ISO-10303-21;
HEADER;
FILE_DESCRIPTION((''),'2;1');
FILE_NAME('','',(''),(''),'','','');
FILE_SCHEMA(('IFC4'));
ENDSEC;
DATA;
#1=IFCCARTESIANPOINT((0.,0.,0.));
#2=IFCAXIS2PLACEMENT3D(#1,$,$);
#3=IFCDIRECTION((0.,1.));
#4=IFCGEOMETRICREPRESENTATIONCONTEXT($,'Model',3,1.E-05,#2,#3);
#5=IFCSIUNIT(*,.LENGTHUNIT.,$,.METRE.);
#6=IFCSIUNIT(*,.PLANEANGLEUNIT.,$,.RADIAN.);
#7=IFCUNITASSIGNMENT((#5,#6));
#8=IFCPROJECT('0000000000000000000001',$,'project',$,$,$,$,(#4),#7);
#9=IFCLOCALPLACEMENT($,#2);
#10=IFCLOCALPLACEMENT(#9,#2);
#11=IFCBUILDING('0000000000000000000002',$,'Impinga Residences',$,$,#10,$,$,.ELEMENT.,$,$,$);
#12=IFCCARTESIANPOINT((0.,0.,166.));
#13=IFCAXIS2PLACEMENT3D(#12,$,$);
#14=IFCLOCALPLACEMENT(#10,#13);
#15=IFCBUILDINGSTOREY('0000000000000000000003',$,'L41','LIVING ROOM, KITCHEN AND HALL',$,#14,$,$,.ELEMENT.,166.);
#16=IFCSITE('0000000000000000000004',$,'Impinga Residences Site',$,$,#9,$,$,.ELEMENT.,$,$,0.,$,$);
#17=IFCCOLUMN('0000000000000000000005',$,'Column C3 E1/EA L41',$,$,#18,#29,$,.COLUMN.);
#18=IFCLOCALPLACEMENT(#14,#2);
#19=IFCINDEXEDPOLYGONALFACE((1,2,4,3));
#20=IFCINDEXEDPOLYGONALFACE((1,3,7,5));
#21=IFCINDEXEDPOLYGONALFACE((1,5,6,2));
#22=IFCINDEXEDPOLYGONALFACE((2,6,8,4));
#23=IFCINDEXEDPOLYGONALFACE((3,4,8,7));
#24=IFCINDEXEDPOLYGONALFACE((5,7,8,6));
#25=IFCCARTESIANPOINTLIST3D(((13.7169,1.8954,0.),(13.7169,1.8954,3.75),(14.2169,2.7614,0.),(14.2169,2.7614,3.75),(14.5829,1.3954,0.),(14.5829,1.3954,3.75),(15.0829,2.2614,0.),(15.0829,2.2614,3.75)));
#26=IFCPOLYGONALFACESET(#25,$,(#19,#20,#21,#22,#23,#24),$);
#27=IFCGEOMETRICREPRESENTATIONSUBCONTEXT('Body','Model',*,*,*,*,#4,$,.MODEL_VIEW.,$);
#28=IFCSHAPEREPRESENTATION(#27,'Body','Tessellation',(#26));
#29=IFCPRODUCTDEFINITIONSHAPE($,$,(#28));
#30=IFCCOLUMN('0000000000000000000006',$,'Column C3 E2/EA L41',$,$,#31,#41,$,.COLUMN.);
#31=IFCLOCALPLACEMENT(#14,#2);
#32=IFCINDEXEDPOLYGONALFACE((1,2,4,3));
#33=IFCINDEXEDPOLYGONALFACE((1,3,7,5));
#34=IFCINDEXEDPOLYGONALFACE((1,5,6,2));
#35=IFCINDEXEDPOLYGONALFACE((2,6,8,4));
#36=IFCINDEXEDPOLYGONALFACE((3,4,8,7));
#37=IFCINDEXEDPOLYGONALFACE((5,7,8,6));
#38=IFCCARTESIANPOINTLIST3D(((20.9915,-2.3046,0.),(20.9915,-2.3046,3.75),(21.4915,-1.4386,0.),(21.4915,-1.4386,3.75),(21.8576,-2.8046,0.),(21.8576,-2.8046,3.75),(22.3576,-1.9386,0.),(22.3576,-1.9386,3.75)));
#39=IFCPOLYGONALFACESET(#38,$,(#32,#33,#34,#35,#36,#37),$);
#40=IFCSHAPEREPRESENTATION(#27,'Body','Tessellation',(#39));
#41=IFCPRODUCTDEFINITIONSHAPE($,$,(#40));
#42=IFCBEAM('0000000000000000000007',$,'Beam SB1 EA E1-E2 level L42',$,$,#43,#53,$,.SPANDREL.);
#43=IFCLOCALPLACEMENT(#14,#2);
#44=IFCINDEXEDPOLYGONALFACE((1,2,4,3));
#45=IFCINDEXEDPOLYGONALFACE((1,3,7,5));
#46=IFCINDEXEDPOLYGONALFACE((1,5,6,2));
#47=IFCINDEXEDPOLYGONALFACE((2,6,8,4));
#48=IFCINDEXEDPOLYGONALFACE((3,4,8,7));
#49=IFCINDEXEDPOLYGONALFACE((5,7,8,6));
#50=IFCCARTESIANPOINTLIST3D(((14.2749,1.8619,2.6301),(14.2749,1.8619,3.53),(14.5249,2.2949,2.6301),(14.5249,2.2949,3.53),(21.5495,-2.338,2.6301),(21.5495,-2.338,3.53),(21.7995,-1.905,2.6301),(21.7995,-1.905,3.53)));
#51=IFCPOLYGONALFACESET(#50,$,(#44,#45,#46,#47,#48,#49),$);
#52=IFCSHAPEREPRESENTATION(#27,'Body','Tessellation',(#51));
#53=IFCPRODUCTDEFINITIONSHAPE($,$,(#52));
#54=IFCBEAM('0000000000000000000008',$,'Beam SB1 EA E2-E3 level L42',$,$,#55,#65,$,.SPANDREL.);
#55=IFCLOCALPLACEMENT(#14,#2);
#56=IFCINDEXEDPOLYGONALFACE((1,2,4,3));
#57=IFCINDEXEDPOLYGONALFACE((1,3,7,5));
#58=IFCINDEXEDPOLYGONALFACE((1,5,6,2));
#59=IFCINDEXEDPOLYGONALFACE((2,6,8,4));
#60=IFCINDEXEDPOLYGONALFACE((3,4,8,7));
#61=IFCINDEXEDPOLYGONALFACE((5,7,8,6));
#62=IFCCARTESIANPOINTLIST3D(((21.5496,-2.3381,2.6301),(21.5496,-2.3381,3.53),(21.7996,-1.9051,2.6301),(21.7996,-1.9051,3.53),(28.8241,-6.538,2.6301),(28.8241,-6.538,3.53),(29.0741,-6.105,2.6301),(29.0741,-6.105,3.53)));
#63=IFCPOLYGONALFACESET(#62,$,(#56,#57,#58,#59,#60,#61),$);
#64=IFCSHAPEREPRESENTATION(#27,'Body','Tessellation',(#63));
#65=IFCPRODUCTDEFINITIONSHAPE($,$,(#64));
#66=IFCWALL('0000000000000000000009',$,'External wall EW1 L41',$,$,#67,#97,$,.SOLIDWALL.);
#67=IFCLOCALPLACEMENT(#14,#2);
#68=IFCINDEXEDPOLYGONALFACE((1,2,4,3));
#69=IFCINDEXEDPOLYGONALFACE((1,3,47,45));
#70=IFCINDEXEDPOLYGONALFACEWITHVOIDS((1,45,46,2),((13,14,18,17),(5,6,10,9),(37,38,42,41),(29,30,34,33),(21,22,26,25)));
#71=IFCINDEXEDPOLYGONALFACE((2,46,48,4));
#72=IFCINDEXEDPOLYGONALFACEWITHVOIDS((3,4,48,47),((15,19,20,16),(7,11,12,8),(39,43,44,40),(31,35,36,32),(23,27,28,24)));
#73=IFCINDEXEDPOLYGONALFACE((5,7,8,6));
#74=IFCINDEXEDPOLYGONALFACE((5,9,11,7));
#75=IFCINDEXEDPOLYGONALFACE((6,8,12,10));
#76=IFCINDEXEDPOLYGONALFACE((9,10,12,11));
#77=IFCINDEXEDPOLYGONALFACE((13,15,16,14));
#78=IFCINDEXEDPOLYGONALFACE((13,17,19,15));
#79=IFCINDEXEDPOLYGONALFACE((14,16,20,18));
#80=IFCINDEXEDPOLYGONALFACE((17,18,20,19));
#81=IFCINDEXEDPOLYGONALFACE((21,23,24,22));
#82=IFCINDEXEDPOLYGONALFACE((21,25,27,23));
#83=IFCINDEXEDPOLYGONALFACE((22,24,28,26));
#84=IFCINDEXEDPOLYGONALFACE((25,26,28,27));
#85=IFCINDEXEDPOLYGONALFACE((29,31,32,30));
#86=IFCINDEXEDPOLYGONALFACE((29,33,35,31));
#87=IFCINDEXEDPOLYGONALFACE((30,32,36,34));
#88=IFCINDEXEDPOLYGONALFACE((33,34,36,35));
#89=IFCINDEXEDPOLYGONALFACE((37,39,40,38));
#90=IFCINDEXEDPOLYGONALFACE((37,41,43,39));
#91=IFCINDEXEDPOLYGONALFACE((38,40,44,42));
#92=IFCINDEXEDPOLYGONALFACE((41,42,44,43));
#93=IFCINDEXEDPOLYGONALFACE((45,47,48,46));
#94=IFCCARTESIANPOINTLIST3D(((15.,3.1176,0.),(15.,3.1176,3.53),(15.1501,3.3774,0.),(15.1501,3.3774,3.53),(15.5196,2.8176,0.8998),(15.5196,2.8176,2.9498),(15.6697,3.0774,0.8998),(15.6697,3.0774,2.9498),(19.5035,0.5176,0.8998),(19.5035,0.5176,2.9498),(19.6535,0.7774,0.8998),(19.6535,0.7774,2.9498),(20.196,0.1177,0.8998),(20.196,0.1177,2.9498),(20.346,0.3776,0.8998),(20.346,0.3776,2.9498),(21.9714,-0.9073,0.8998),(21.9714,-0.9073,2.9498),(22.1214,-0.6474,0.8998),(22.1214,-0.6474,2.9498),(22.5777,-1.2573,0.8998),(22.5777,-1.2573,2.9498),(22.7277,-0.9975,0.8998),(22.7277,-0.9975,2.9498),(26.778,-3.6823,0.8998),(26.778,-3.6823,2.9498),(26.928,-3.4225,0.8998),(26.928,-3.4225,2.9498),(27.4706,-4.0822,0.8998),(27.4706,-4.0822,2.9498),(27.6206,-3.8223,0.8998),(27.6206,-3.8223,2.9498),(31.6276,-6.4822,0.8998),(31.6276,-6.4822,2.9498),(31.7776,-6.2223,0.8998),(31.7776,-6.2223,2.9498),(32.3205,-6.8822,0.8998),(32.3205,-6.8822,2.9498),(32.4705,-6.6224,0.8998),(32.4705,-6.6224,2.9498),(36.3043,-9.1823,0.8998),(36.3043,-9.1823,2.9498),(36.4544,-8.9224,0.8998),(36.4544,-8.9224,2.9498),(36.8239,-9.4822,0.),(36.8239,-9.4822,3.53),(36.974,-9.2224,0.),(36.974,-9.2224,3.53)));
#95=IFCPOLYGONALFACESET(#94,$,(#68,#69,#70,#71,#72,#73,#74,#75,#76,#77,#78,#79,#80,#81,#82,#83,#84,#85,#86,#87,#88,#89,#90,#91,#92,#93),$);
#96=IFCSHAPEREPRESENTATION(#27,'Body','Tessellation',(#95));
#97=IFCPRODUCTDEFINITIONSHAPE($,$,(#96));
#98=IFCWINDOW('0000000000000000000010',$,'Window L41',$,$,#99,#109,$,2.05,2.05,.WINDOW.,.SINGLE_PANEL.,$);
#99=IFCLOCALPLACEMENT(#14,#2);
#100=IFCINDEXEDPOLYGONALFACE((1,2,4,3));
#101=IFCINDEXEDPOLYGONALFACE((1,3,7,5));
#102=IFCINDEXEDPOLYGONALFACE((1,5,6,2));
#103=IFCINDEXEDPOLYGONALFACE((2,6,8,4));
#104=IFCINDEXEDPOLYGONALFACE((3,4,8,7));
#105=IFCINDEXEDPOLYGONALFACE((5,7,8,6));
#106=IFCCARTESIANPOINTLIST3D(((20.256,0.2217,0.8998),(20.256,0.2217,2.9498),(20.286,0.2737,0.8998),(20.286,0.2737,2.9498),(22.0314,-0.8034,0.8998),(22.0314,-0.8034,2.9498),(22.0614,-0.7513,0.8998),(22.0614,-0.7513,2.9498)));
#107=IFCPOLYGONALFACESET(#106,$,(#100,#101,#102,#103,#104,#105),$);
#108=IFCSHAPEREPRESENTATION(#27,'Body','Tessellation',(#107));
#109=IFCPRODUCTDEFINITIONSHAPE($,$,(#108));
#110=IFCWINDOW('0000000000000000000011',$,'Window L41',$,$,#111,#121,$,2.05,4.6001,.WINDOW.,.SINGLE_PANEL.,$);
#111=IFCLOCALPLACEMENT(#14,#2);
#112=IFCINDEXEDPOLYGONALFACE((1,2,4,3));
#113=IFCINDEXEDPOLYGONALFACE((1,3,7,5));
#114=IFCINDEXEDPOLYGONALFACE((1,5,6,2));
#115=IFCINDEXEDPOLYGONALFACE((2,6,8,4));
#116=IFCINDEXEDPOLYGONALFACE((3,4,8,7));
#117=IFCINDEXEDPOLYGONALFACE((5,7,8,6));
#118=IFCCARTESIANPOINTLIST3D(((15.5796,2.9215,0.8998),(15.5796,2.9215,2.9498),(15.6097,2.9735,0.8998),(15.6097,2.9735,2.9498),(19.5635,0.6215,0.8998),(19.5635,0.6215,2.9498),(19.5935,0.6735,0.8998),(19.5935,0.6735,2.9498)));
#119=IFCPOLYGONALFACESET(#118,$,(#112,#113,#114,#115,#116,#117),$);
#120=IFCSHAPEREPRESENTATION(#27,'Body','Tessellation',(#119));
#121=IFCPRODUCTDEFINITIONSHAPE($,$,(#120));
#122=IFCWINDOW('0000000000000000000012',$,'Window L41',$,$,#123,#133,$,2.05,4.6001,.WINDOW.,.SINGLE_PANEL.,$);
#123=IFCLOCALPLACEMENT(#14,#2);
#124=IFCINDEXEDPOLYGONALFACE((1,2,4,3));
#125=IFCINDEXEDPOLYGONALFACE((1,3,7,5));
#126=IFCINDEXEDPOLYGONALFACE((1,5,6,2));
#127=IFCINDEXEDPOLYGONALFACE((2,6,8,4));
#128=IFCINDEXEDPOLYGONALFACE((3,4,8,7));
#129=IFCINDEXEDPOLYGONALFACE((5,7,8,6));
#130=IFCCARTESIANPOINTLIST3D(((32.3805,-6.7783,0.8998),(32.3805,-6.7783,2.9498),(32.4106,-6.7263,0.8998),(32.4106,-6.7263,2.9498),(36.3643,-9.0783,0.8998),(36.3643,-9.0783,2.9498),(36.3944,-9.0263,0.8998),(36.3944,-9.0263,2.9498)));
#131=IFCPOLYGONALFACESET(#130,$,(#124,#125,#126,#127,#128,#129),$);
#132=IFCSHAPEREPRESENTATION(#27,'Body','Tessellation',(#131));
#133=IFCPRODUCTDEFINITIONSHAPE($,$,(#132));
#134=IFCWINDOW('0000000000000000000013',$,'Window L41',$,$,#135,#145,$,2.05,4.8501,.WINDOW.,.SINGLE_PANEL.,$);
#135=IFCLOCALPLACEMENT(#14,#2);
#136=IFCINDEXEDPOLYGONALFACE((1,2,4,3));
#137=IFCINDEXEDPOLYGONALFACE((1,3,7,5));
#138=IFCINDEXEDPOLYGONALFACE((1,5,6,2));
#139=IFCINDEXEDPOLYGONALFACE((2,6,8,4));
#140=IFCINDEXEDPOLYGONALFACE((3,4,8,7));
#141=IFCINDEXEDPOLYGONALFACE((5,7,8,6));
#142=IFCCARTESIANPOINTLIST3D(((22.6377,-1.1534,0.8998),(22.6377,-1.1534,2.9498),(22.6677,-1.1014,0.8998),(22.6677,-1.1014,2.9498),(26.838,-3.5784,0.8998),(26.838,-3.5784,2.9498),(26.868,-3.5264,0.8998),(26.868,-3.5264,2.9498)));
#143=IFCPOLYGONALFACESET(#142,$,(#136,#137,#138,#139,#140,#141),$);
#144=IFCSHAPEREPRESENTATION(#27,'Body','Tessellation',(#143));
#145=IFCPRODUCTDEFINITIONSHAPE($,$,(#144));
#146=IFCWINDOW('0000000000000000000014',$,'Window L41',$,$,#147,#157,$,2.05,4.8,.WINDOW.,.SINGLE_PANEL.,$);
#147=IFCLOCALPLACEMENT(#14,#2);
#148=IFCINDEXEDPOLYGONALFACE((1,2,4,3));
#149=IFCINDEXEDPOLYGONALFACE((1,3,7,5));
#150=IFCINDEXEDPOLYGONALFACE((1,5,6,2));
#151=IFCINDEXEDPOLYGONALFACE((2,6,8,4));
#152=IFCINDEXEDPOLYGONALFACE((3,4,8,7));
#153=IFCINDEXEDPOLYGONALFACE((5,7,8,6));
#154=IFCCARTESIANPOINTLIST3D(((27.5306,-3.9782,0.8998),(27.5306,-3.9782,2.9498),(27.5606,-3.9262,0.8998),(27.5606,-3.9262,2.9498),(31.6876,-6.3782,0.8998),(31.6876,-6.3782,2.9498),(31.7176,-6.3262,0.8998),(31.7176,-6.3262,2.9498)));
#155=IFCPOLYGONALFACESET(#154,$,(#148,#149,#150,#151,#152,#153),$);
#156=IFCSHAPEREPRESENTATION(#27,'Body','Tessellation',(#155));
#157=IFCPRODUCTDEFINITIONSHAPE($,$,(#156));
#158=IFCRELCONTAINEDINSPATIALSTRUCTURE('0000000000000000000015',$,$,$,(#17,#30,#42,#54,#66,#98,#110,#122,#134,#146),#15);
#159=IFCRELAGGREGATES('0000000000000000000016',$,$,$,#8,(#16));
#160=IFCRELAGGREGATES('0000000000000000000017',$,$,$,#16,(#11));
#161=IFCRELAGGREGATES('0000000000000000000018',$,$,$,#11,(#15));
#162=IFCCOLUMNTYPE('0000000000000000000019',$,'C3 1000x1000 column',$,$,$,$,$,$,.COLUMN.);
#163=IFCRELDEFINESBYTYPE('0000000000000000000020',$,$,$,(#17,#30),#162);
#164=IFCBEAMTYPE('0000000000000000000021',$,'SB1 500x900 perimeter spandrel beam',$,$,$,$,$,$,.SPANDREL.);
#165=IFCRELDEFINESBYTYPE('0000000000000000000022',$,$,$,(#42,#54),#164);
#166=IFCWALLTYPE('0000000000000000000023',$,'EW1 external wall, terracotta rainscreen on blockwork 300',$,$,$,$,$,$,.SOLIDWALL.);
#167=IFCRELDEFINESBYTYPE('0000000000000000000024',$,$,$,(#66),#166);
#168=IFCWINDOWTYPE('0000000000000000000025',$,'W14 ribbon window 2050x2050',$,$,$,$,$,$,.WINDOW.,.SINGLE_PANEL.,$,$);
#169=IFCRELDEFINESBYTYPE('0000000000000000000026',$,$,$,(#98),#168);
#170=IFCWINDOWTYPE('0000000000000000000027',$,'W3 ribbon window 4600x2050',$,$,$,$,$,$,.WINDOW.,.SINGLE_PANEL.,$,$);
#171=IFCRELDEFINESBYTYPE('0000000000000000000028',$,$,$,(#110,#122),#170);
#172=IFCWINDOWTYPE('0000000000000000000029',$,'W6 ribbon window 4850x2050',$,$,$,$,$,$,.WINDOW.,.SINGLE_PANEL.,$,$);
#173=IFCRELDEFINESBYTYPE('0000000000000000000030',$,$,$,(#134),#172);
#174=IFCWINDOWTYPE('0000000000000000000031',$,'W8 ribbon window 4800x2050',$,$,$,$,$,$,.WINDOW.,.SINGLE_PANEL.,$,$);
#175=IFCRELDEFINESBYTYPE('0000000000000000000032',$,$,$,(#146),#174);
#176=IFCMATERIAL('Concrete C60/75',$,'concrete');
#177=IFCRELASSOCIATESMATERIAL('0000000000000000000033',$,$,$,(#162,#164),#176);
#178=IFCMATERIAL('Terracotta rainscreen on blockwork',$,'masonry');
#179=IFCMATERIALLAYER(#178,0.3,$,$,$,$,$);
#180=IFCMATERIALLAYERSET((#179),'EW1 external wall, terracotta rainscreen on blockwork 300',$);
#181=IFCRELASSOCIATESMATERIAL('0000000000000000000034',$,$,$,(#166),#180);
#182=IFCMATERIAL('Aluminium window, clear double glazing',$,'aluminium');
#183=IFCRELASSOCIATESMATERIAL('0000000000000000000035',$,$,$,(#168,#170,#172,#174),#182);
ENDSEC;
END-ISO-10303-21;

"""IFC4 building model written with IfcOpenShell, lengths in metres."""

from ifc_helpers import new_model, si_unit, direction, frame, frame_2d, origin, origin_2d, place, context, subcontext, project, spatial, rectangle, extrude, material, layer, layer_set, material_profile, profile_set, type_object, element, fill, save


model = new_model("IFC4")

# Units and contexts
model_context = context("Model", 3, precision=1e-05, world=origin(), true_north=direction((0.0, 1.0)))
body_context = subcontext(model_context, "Body", "Model", "MODEL_VIEW")
ifc_project = project(units=[si_unit("LENGTHUNIT", "METRE"), si_unit("PLANEANGLEUNIT", "RADIAN")], contexts=[model_context])

# Site, building, storey
site_placement = place(None, origin())
site = spatial("IfcSite", under=ifc_project, at=site_placement, Name="Impinga Residences Site", CompositionType="ELEMENT", RefElevation=0.0)
building_placement = place(site_placement, origin())
building = spatial("IfcBuilding", under=site, at=building_placement, Name="Impinga Residences", CompositionType="ELEMENT")
storey_placement = place(building_placement, frame((0.0, 0.0, 166.0)))
storey = spatial("IfcBuildingStorey", under=building, at=storey_placement, Name="L41", Description="LIVING ROOM, KITCHEN AND HALL", CompositionType="ELEMENT", Elevation=166.0)

# Columns
ifc_material_1 = material(Name="Concrete C60/75", Category="concrete")
ifc_material_profile_1 = material_profile(ifc_material_1, rectangle(XDim=1.0, YDim=1.0, at=origin_2d()), Name="RC 1000x1000")
ifc_profile_set_1 = profile_set([ifc_material_profile_1], Name="Concrete C60/75")
column_type = type_object("IfcColumnType", Name="C3 1000x1000 column", PredefinedType="COLUMN", material=ifc_profile_set_1)
for number, where, z_axis, x_axis, name in (
    (1, (14.3999, 2.0784, 0.0), (0.0, 0.0, 1.0), (-0.5, -0.866025, 0.0), "Column C3 E1/EA L41"),
    (2, (21.6746, -2.1216, 0.0), (0.0, 0.0, 1.0), (-0.5, -0.866025, 0.0), "Column C3 E2/EA L41"),
):
    element("IfcColumn", number, at=place(storey_placement, frame(where, z_axis=z_axis, x_axis=x_axis)), inside=storey, type_object=column_type, Name=name, PredefinedType="COLUMN", context=body_context, shape_type="SweptSolid", body=[
        extrude(rectangle(XDim=1.0, YDim=1.0, at=origin_2d()), origin(), (0.0, 0.0, 1.0), 3.75),
    ])

# Beams
ifc_material_profile_2 = material_profile(ifc_material_1, rectangle(XDim=0.5, YDim=0.8999, at=origin_2d()), Name="RC 500x900")
ifc_profile_set_2 = profile_set([ifc_material_profile_2], Name="Concrete C60/75")
beam_type = type_object("IfcBeamType", Name="SB1 500x900 perimeter spandrel beam", PredefinedType="SPANDREL", material=ifc_profile_set_2)
for number, where, z_axis, x_axis, name in (
    (3, (14.3999, 2.0784, 3.0801), (0.866029, -0.499993, 0.0), (0.499993, 0.866029, 0.0), "Beam SB1 EA E1-E2 level L42"),
    (4, (21.6746, -2.1216, 3.0801), (0.866029, -0.499993, 0.0), (0.499993, 0.866029, 0.0), "Beam SB1 EA E2-E3 level L42"),
):
    element("IfcBeam", number, at=place(storey_placement, frame(where, z_axis=z_axis, x_axis=x_axis)), inside=storey, type_object=beam_type, Name=name, PredefinedType="SPANDREL", context=body_context, shape_type="SweptSolid", body=[
        extrude(rectangle(XDim=0.5, YDim=0.8999, at=origin_2d()), origin(), (0.0, 0.0, 1.0), 8.3999),
    ])

# Wall, openings, windows
ifc_material_2 = material(Name="Terracotta rainscreen on blockwork", Category="masonry")
ifc_layer_1 = layer(ifc_material_2, 0.3)
ifc_layer_set_1 = layer_set([ifc_layer_1], Name="EW1 external wall, terracotta rainscreen on blockwork 300")
wall_type_1 = type_object("IfcWallType", Name="EW1 external wall, terracotta rainscreen on blockwork 300", PredefinedType="SOLIDWALL", material=ifc_layer_set_1)
wall_1_placement = place(storey_placement, frame((15.075, 3.2476, 0.0), z_axis=(0.0, 0.0, 1.0), x_axis=(0.866029, -0.499993, 0.0)))
wall_1 = element("IfcWall", 5, at=wall_1_placement, inside=storey, type_object=wall_type_1, Name="External wall EW1 L41", PredefinedType="SOLIDWALL", context=body_context, shape_type="SweptSolid", body=[
    extrude(rectangle(XDim=25.2, YDim=0.3, at=frame_2d((12.6001, 0.0))), origin(), (0.0, 0.0, 1.0), 3.53),
])
opening_1_placement = place(wall_1_placement, frame((0.6001, 0.0, 0.8999)))
opening_1 = element("IfcOpeningElement", 6, at=opening_1_placement, cuts=wall_1, PredefinedType="OPENING", context=body_context, shape_type="SweptSolid", body=[
    extrude(rectangle(XDim=4.6001, YDim=2.05, at=frame_2d((2.3, 1.0249))), frame((0.0, 0.1599, 0.0), z_axis=(0.0, -1.0, 0.0), x_axis=(1.0, 0.0, 0.0)), (0.0, 0.0, 1.0), 0.3201),
])
opening_2_placement = place(wall_1_placement, frame((6.0, 0.0, 0.8999)))
opening_2 = element("IfcOpeningElement", 7, at=opening_2_placement, cuts=wall_1, PredefinedType="OPENING", context=body_context, shape_type="SweptSolid", body=[
    extrude(rectangle(XDim=2.05, YDim=2.05, at=frame_2d((1.0249, 1.0249))), frame((0.0, 0.1599, 0.0), z_axis=(0.0, -1.0, 0.0), x_axis=(1.0, 0.0, 0.0)), (0.0, 0.0, 1.0), 0.3201),
])
opening_3_placement = place(wall_1_placement, frame((8.75, 0.0, 0.8999)))
opening_3 = element("IfcOpeningElement", 8, at=opening_3_placement, cuts=wall_1, PredefinedType="OPENING", context=body_context, shape_type="SweptSolid", body=[
    extrude(rectangle(XDim=4.8501, YDim=2.05, at=frame_2d((2.425, 1.0249))), frame((0.0, 0.1599, 0.0), z_axis=(0.0, -1.0, 0.0), x_axis=(1.0, 0.0, 0.0)), (0.0, 0.0, 1.0), 0.3201),
])
opening_4_placement = place(wall_1_placement, frame((14.3999, 0.0, 0.8999)))
opening_4 = element("IfcOpeningElement", 9, at=opening_4_placement, cuts=wall_1, PredefinedType="OPENING", context=body_context, shape_type="SweptSolid", body=[
    extrude(rectangle(XDim=4.8, YDim=2.05, at=frame_2d((2.3999, 1.0249))), frame((0.0, 0.1599, 0.0), z_axis=(0.0, -1.0, 0.0), x_axis=(1.0, 0.0, 0.0)), (0.0, 0.0, 1.0), 0.3201),
])
opening_5_placement = place(wall_1_placement, frame((20.0, 0.0, 0.8999)))
opening_5 = element("IfcOpeningElement", 10, at=opening_5_placement, cuts=wall_1, PredefinedType="OPENING", context=body_context, shape_type="SweptSolid", body=[
    extrude(rectangle(XDim=4.6001, YDim=2.05, at=frame_2d((2.3, 1.0249))), frame((0.0, 0.1599, 0.0), z_axis=(0.0, -1.0, 0.0), x_axis=(1.0, 0.0, 0.0)), (0.0, 0.0, 1.0), 0.3201),
])
ifc_material_3 = material(Name="Aluminium window, clear double glazing", Category="aluminium")
window_type_1 = type_object("IfcWindowType", Name="W14 ribbon window 2050x2050", PartitioningType="SINGLE_PANEL", PredefinedType="WINDOW", material=ifc_material_3)
window_1_placement = place(opening_2_placement, origin())
window_1 = element("IfcWindow", 11, at=window_1_placement, inside=storey, type_object=window_type_1, Name="Window L41", OverallHeight=2.05, OverallWidth=2.05, PartitioningType="SINGLE_PANEL", PredefinedType="WINDOW", context=body_context, shape_type="SweptSolid", body=[
    extrude(rectangle(XDim=2.05, YDim=2.05, at=frame_2d((1.0249, 1.0249))), frame((0.0, 0.03, 0.0), z_axis=(0.0, -1.0, 0.0), x_axis=(1.0, 0.0, 0.0)), (0.0, 0.0, 1.0), 0.0601),
])
fill(opening_2, window_1)
window_type_2 = type_object("IfcWindowType", Name="W3 ribbon window 4600x2050", PartitioningType="SINGLE_PANEL", PredefinedType="WINDOW", material=ifc_material_3)
window_2_placement = place(opening_1_placement, origin())
window_2 = element("IfcWindow", 12, at=window_2_placement, inside=storey, type_object=window_type_2, Name="Window L41", OverallHeight=2.05, OverallWidth=4.6001, PartitioningType="SINGLE_PANEL", PredefinedType="WINDOW", context=body_context, shape_type="SweptSolid", body=[
    extrude(rectangle(XDim=4.6001, YDim=2.05, at=frame_2d((2.3, 1.0249))), frame((0.0, 0.03, 0.0), z_axis=(0.0, -1.0, 0.0), x_axis=(1.0, 0.0, 0.0)), (0.0, 0.0, 1.0), 0.0601),
])
fill(opening_1, window_2)
window_3_placement = place(opening_5_placement, origin())
window_3 = element("IfcWindow", 13, at=window_3_placement, inside=storey, type_object=window_type_2, Name="Window L41", OverallHeight=2.05, OverallWidth=4.6001, PartitioningType="SINGLE_PANEL", PredefinedType="WINDOW", context=body_context, shape_type="SweptSolid", body=[
    extrude(rectangle(XDim=4.6001, YDim=2.05, at=frame_2d((2.3, 1.0249))), frame((0.0, 0.03, 0.0), z_axis=(0.0, -1.0, 0.0), x_axis=(1.0, 0.0, 0.0)), (0.0, 0.0, 1.0), 0.0601),
])
fill(opening_5, window_3)
window_type_3 = type_object("IfcWindowType", Name="W6 ribbon window 4850x2050", PartitioningType="SINGLE_PANEL", PredefinedType="WINDOW", material=ifc_material_3)
window_4_placement = place(opening_3_placement, origin())
window_4 = element("IfcWindow", 14, at=window_4_placement, inside=storey, type_object=window_type_3, Name="Window L41", OverallHeight=2.05, OverallWidth=4.8501, PartitioningType="SINGLE_PANEL", PredefinedType="WINDOW", context=body_context, shape_type="SweptSolid", body=[
    extrude(rectangle(XDim=4.8501, YDim=2.05, at=frame_2d((2.425, 1.0249))), frame((0.0, 0.03, 0.0), z_axis=(0.0, -1.0, 0.0), x_axis=(1.0, 0.0, 0.0)), (0.0, 0.0, 1.0), 0.0601),
])
fill(opening_3, window_4)
window_type_4 = type_object("IfcWindowType", Name="W8 ribbon window 4800x2050", PartitioningType="SINGLE_PANEL", PredefinedType="WINDOW", material=ifc_material_3)
window_5_placement = place(opening_4_placement, origin())
window_5 = element("IfcWindow", 15, at=window_5_placement, inside=storey, type_object=window_type_4, Name="Window L41", OverallHeight=2.05, OverallWidth=4.8, PartitioningType="SINGLE_PANEL", PredefinedType="WINDOW", context=body_context, shape_type="SweptSolid", body=[
    extrude(rectangle(XDim=4.8, YDim=2.05, at=frame_2d((2.3999, 1.0249))), frame((0.0, 0.03, 0.0), z_axis=(0.0, -1.0, 0.0), x_axis=(1.0, 0.0, 0.0)), (0.0, 0.0, 1.0), 0.0601),
])
fill(opening_4, window_5)

save(model, "model.ifc")
